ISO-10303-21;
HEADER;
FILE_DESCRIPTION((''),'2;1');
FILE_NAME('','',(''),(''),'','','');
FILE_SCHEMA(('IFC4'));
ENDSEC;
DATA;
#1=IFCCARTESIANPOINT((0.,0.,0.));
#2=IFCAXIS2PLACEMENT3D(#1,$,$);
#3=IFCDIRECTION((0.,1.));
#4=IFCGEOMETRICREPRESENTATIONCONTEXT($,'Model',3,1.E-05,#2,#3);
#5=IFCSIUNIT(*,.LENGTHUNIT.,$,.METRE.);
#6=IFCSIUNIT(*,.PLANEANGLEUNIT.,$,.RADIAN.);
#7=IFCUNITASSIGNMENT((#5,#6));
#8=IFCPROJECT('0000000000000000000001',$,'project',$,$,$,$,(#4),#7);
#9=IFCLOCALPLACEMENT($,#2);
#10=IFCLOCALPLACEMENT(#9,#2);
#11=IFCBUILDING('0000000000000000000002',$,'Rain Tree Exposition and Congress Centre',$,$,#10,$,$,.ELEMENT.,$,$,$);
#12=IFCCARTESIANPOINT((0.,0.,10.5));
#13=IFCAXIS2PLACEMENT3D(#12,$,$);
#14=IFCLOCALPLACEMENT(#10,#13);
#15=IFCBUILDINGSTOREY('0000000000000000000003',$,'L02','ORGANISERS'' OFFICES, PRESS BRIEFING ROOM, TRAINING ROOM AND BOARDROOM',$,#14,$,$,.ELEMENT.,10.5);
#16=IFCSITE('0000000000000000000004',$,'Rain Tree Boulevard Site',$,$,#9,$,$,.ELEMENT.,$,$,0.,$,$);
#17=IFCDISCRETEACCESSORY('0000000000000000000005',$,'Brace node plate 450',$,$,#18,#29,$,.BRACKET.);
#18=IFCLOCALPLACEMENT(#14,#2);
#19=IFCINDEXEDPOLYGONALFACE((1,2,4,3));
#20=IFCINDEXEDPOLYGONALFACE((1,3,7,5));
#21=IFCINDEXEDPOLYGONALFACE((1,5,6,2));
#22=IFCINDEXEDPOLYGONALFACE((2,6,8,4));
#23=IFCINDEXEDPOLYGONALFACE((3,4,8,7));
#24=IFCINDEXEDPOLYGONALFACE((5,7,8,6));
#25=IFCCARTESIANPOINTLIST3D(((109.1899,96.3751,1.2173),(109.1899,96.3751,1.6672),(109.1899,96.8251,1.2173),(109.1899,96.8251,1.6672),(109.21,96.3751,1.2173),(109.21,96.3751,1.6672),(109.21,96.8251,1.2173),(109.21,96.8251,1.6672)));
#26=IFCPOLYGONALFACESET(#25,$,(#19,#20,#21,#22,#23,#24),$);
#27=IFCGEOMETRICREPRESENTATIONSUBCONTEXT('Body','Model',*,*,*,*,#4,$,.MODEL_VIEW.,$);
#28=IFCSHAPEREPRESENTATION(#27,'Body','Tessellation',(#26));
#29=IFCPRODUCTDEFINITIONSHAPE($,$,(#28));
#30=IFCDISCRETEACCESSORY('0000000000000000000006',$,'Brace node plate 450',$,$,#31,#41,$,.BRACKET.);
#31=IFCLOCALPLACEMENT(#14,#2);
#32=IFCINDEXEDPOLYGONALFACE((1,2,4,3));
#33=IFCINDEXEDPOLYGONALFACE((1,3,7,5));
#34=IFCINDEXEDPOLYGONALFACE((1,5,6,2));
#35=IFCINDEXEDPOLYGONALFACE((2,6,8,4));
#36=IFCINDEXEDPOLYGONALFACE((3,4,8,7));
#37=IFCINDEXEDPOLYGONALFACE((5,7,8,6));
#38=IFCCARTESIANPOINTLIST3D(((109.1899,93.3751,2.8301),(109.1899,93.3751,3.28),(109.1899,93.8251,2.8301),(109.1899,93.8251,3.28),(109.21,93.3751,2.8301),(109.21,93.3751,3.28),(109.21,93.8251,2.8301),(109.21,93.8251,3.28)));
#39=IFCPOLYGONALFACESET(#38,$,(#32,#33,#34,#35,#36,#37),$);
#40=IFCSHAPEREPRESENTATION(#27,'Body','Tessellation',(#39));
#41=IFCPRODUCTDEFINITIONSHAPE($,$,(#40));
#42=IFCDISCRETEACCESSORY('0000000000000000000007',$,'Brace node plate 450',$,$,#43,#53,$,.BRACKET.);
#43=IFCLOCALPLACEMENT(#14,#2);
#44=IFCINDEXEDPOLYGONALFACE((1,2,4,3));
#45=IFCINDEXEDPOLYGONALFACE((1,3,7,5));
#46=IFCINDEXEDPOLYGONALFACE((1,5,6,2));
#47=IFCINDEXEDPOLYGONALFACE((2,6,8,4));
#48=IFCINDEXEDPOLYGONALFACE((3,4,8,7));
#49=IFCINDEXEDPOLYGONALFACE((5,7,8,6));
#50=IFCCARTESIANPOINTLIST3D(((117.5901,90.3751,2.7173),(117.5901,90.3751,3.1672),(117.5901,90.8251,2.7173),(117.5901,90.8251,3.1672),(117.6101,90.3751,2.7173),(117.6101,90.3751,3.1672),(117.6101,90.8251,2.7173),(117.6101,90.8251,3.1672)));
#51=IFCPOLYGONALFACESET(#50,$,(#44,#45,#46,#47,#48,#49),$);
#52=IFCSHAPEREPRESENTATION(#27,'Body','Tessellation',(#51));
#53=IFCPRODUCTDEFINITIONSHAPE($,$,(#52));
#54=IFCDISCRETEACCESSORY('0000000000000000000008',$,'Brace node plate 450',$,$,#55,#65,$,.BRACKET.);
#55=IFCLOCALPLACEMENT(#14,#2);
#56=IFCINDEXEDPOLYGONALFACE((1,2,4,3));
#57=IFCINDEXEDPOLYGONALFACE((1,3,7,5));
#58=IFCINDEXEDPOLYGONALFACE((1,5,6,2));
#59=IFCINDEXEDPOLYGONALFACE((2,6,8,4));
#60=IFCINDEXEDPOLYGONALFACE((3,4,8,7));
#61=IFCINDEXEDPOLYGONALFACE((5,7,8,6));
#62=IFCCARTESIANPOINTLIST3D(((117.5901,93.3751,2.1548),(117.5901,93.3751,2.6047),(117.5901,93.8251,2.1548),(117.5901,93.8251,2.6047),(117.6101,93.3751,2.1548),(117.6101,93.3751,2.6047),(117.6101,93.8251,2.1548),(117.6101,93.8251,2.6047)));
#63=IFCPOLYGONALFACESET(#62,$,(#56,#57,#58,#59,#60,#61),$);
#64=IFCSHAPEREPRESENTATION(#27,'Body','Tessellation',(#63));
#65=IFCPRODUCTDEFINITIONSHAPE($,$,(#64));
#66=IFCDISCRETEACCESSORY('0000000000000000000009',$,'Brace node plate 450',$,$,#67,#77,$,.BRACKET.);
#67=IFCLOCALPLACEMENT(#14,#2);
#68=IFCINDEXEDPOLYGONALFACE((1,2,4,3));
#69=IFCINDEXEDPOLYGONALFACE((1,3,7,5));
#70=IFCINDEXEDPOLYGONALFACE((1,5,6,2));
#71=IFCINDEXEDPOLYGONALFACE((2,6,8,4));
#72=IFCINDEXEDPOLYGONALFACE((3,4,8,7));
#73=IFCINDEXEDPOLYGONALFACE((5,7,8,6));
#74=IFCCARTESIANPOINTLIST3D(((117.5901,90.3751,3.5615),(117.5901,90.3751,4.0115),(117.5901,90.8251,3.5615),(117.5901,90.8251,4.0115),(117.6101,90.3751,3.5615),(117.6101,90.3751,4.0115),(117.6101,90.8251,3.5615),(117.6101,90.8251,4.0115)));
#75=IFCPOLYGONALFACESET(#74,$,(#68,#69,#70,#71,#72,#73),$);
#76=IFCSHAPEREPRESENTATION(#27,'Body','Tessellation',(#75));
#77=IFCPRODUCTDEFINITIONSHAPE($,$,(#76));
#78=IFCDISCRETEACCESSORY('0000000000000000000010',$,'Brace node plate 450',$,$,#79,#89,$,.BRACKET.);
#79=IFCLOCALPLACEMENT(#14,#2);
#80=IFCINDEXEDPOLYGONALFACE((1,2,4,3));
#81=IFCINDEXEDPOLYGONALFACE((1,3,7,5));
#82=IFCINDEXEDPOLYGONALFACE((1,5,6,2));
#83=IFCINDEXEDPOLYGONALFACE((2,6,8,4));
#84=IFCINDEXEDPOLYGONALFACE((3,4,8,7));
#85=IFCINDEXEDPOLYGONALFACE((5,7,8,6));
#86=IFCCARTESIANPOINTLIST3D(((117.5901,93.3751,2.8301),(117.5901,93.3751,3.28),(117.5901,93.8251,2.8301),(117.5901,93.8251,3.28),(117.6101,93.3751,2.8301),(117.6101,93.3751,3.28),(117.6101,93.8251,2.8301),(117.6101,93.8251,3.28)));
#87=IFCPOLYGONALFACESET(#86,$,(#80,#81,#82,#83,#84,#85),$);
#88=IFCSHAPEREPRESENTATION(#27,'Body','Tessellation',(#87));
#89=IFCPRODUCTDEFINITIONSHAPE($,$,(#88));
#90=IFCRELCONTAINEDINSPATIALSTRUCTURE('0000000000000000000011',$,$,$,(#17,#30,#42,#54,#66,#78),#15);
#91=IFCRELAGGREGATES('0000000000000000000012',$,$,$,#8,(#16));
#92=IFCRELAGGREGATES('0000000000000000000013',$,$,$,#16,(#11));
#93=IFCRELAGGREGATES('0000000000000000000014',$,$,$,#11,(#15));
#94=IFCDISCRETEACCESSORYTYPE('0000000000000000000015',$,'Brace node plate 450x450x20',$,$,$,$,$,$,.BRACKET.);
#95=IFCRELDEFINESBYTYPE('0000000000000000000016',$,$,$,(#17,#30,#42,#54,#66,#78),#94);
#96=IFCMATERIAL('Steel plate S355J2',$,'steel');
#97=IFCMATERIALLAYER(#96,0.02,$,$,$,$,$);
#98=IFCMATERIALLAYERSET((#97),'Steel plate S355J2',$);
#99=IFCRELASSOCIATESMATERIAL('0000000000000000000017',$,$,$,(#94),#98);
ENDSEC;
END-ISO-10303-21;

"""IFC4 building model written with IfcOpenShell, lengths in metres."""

from ifc_helpers import new_model, si_unit, direction, frame, origin, origin_2d, place, context, subcontext, project, spatial, rectangle, extrude, material, layer, layer_set, type_object, element, save


model = new_model("IFC4")

# Units and contexts
model_context = context("Model", 3, precision=1e-05, world=origin(), true_north=direction((0.0, 1.0)))
body_context = subcontext(model_context, "Body", "Model", "MODEL_VIEW")
ifc_project = project(units=[si_unit("LENGTHUNIT", "METRE"), si_unit("PLANEANGLEUNIT", "RADIAN")], contexts=[model_context])

# Site, building, storey
site_placement = place(None, origin())
site = spatial("IfcSite", under=ifc_project, at=site_placement, Name="Rain Tree Boulevard Site", CompositionType="ELEMENT", RefElevation=0.0)
building_placement = place(site_placement, origin())
building = spatial("IfcBuilding", under=site, at=building_placement, Name="Rain Tree Exposition and Congress Centre", CompositionType="ELEMENT")
storey_placement = place(building_placement, frame((0.0, 0.0, 10.5)))
storey = spatial("IfcBuildingStorey", under=building, at=storey_placement, Name="L02", Description="ORGANISERS' OFFICES, PRESS BRIEFING ROOM, TRAINING ROOM AND BOARDROOM", CompositionType="ELEMENT", Elevation=10.5)

# Discrete accessories
ifc_material_1 = material(Name="Steel plate S355J2", Category="steel")
ifc_layer = layer(ifc_material_1, 0.02)
ifc_layer_set = layer_set([ifc_layer], Name="Steel plate S355J2")
discrete_accessory_type = type_object("IfcDiscreteAccessoryType", Name="Brace node plate 450x450x20", PredefinedType="BRACKET", material=ifc_layer_set)
for number, where, z_axis, x_axis, name in (
    (1, (109.2, 96.6001, 1.2173), (0.0, 0.0, 1.0), (0.0, -1.0, 0.0), "Brace node plate 450"),
    (2, (109.2, 93.6001, 2.8301), (0.0, 0.0, 1.0), (0.0, 1.0, 0.0), "Brace node plate 450"),
    (3, (117.6001, 90.6001, 2.7173), (0.0, 0.0, 1.0), (0.0, -1.0, 0.0), "Brace node plate 450"),
    (4, (117.6001, 93.6001, 2.1548), (0.0, 0.0, 1.0), (0.0, -1.0, 0.0), "Brace node plate 450"),
    (5, (117.6001, 90.6001, 3.5615), (0.0, 0.0, 1.0), (0.0, 1.0, 0.0), "Brace node plate 450"),
    (6, (117.6001, 93.6001, 2.8301), (0.0, 0.0, 1.0), (0.0, 1.0, 0.0), "Brace node plate 450"),
):
    element("IfcDiscreteAccessory", number, at=place(storey_placement, frame(where, z_axis=z_axis, x_axis=x_axis)), inside=storey, type_object=discrete_accessory_type, Name=name, PredefinedType="BRACKET", context=body_context, shape_type="SweptSolid", body=[
        extrude(rectangle(XDim=0.45, YDim=0.02, at=origin_2d()), origin(), (0.0, 0.0, 1.0), 0.45),
    ])

save(model, "model.ifc")
